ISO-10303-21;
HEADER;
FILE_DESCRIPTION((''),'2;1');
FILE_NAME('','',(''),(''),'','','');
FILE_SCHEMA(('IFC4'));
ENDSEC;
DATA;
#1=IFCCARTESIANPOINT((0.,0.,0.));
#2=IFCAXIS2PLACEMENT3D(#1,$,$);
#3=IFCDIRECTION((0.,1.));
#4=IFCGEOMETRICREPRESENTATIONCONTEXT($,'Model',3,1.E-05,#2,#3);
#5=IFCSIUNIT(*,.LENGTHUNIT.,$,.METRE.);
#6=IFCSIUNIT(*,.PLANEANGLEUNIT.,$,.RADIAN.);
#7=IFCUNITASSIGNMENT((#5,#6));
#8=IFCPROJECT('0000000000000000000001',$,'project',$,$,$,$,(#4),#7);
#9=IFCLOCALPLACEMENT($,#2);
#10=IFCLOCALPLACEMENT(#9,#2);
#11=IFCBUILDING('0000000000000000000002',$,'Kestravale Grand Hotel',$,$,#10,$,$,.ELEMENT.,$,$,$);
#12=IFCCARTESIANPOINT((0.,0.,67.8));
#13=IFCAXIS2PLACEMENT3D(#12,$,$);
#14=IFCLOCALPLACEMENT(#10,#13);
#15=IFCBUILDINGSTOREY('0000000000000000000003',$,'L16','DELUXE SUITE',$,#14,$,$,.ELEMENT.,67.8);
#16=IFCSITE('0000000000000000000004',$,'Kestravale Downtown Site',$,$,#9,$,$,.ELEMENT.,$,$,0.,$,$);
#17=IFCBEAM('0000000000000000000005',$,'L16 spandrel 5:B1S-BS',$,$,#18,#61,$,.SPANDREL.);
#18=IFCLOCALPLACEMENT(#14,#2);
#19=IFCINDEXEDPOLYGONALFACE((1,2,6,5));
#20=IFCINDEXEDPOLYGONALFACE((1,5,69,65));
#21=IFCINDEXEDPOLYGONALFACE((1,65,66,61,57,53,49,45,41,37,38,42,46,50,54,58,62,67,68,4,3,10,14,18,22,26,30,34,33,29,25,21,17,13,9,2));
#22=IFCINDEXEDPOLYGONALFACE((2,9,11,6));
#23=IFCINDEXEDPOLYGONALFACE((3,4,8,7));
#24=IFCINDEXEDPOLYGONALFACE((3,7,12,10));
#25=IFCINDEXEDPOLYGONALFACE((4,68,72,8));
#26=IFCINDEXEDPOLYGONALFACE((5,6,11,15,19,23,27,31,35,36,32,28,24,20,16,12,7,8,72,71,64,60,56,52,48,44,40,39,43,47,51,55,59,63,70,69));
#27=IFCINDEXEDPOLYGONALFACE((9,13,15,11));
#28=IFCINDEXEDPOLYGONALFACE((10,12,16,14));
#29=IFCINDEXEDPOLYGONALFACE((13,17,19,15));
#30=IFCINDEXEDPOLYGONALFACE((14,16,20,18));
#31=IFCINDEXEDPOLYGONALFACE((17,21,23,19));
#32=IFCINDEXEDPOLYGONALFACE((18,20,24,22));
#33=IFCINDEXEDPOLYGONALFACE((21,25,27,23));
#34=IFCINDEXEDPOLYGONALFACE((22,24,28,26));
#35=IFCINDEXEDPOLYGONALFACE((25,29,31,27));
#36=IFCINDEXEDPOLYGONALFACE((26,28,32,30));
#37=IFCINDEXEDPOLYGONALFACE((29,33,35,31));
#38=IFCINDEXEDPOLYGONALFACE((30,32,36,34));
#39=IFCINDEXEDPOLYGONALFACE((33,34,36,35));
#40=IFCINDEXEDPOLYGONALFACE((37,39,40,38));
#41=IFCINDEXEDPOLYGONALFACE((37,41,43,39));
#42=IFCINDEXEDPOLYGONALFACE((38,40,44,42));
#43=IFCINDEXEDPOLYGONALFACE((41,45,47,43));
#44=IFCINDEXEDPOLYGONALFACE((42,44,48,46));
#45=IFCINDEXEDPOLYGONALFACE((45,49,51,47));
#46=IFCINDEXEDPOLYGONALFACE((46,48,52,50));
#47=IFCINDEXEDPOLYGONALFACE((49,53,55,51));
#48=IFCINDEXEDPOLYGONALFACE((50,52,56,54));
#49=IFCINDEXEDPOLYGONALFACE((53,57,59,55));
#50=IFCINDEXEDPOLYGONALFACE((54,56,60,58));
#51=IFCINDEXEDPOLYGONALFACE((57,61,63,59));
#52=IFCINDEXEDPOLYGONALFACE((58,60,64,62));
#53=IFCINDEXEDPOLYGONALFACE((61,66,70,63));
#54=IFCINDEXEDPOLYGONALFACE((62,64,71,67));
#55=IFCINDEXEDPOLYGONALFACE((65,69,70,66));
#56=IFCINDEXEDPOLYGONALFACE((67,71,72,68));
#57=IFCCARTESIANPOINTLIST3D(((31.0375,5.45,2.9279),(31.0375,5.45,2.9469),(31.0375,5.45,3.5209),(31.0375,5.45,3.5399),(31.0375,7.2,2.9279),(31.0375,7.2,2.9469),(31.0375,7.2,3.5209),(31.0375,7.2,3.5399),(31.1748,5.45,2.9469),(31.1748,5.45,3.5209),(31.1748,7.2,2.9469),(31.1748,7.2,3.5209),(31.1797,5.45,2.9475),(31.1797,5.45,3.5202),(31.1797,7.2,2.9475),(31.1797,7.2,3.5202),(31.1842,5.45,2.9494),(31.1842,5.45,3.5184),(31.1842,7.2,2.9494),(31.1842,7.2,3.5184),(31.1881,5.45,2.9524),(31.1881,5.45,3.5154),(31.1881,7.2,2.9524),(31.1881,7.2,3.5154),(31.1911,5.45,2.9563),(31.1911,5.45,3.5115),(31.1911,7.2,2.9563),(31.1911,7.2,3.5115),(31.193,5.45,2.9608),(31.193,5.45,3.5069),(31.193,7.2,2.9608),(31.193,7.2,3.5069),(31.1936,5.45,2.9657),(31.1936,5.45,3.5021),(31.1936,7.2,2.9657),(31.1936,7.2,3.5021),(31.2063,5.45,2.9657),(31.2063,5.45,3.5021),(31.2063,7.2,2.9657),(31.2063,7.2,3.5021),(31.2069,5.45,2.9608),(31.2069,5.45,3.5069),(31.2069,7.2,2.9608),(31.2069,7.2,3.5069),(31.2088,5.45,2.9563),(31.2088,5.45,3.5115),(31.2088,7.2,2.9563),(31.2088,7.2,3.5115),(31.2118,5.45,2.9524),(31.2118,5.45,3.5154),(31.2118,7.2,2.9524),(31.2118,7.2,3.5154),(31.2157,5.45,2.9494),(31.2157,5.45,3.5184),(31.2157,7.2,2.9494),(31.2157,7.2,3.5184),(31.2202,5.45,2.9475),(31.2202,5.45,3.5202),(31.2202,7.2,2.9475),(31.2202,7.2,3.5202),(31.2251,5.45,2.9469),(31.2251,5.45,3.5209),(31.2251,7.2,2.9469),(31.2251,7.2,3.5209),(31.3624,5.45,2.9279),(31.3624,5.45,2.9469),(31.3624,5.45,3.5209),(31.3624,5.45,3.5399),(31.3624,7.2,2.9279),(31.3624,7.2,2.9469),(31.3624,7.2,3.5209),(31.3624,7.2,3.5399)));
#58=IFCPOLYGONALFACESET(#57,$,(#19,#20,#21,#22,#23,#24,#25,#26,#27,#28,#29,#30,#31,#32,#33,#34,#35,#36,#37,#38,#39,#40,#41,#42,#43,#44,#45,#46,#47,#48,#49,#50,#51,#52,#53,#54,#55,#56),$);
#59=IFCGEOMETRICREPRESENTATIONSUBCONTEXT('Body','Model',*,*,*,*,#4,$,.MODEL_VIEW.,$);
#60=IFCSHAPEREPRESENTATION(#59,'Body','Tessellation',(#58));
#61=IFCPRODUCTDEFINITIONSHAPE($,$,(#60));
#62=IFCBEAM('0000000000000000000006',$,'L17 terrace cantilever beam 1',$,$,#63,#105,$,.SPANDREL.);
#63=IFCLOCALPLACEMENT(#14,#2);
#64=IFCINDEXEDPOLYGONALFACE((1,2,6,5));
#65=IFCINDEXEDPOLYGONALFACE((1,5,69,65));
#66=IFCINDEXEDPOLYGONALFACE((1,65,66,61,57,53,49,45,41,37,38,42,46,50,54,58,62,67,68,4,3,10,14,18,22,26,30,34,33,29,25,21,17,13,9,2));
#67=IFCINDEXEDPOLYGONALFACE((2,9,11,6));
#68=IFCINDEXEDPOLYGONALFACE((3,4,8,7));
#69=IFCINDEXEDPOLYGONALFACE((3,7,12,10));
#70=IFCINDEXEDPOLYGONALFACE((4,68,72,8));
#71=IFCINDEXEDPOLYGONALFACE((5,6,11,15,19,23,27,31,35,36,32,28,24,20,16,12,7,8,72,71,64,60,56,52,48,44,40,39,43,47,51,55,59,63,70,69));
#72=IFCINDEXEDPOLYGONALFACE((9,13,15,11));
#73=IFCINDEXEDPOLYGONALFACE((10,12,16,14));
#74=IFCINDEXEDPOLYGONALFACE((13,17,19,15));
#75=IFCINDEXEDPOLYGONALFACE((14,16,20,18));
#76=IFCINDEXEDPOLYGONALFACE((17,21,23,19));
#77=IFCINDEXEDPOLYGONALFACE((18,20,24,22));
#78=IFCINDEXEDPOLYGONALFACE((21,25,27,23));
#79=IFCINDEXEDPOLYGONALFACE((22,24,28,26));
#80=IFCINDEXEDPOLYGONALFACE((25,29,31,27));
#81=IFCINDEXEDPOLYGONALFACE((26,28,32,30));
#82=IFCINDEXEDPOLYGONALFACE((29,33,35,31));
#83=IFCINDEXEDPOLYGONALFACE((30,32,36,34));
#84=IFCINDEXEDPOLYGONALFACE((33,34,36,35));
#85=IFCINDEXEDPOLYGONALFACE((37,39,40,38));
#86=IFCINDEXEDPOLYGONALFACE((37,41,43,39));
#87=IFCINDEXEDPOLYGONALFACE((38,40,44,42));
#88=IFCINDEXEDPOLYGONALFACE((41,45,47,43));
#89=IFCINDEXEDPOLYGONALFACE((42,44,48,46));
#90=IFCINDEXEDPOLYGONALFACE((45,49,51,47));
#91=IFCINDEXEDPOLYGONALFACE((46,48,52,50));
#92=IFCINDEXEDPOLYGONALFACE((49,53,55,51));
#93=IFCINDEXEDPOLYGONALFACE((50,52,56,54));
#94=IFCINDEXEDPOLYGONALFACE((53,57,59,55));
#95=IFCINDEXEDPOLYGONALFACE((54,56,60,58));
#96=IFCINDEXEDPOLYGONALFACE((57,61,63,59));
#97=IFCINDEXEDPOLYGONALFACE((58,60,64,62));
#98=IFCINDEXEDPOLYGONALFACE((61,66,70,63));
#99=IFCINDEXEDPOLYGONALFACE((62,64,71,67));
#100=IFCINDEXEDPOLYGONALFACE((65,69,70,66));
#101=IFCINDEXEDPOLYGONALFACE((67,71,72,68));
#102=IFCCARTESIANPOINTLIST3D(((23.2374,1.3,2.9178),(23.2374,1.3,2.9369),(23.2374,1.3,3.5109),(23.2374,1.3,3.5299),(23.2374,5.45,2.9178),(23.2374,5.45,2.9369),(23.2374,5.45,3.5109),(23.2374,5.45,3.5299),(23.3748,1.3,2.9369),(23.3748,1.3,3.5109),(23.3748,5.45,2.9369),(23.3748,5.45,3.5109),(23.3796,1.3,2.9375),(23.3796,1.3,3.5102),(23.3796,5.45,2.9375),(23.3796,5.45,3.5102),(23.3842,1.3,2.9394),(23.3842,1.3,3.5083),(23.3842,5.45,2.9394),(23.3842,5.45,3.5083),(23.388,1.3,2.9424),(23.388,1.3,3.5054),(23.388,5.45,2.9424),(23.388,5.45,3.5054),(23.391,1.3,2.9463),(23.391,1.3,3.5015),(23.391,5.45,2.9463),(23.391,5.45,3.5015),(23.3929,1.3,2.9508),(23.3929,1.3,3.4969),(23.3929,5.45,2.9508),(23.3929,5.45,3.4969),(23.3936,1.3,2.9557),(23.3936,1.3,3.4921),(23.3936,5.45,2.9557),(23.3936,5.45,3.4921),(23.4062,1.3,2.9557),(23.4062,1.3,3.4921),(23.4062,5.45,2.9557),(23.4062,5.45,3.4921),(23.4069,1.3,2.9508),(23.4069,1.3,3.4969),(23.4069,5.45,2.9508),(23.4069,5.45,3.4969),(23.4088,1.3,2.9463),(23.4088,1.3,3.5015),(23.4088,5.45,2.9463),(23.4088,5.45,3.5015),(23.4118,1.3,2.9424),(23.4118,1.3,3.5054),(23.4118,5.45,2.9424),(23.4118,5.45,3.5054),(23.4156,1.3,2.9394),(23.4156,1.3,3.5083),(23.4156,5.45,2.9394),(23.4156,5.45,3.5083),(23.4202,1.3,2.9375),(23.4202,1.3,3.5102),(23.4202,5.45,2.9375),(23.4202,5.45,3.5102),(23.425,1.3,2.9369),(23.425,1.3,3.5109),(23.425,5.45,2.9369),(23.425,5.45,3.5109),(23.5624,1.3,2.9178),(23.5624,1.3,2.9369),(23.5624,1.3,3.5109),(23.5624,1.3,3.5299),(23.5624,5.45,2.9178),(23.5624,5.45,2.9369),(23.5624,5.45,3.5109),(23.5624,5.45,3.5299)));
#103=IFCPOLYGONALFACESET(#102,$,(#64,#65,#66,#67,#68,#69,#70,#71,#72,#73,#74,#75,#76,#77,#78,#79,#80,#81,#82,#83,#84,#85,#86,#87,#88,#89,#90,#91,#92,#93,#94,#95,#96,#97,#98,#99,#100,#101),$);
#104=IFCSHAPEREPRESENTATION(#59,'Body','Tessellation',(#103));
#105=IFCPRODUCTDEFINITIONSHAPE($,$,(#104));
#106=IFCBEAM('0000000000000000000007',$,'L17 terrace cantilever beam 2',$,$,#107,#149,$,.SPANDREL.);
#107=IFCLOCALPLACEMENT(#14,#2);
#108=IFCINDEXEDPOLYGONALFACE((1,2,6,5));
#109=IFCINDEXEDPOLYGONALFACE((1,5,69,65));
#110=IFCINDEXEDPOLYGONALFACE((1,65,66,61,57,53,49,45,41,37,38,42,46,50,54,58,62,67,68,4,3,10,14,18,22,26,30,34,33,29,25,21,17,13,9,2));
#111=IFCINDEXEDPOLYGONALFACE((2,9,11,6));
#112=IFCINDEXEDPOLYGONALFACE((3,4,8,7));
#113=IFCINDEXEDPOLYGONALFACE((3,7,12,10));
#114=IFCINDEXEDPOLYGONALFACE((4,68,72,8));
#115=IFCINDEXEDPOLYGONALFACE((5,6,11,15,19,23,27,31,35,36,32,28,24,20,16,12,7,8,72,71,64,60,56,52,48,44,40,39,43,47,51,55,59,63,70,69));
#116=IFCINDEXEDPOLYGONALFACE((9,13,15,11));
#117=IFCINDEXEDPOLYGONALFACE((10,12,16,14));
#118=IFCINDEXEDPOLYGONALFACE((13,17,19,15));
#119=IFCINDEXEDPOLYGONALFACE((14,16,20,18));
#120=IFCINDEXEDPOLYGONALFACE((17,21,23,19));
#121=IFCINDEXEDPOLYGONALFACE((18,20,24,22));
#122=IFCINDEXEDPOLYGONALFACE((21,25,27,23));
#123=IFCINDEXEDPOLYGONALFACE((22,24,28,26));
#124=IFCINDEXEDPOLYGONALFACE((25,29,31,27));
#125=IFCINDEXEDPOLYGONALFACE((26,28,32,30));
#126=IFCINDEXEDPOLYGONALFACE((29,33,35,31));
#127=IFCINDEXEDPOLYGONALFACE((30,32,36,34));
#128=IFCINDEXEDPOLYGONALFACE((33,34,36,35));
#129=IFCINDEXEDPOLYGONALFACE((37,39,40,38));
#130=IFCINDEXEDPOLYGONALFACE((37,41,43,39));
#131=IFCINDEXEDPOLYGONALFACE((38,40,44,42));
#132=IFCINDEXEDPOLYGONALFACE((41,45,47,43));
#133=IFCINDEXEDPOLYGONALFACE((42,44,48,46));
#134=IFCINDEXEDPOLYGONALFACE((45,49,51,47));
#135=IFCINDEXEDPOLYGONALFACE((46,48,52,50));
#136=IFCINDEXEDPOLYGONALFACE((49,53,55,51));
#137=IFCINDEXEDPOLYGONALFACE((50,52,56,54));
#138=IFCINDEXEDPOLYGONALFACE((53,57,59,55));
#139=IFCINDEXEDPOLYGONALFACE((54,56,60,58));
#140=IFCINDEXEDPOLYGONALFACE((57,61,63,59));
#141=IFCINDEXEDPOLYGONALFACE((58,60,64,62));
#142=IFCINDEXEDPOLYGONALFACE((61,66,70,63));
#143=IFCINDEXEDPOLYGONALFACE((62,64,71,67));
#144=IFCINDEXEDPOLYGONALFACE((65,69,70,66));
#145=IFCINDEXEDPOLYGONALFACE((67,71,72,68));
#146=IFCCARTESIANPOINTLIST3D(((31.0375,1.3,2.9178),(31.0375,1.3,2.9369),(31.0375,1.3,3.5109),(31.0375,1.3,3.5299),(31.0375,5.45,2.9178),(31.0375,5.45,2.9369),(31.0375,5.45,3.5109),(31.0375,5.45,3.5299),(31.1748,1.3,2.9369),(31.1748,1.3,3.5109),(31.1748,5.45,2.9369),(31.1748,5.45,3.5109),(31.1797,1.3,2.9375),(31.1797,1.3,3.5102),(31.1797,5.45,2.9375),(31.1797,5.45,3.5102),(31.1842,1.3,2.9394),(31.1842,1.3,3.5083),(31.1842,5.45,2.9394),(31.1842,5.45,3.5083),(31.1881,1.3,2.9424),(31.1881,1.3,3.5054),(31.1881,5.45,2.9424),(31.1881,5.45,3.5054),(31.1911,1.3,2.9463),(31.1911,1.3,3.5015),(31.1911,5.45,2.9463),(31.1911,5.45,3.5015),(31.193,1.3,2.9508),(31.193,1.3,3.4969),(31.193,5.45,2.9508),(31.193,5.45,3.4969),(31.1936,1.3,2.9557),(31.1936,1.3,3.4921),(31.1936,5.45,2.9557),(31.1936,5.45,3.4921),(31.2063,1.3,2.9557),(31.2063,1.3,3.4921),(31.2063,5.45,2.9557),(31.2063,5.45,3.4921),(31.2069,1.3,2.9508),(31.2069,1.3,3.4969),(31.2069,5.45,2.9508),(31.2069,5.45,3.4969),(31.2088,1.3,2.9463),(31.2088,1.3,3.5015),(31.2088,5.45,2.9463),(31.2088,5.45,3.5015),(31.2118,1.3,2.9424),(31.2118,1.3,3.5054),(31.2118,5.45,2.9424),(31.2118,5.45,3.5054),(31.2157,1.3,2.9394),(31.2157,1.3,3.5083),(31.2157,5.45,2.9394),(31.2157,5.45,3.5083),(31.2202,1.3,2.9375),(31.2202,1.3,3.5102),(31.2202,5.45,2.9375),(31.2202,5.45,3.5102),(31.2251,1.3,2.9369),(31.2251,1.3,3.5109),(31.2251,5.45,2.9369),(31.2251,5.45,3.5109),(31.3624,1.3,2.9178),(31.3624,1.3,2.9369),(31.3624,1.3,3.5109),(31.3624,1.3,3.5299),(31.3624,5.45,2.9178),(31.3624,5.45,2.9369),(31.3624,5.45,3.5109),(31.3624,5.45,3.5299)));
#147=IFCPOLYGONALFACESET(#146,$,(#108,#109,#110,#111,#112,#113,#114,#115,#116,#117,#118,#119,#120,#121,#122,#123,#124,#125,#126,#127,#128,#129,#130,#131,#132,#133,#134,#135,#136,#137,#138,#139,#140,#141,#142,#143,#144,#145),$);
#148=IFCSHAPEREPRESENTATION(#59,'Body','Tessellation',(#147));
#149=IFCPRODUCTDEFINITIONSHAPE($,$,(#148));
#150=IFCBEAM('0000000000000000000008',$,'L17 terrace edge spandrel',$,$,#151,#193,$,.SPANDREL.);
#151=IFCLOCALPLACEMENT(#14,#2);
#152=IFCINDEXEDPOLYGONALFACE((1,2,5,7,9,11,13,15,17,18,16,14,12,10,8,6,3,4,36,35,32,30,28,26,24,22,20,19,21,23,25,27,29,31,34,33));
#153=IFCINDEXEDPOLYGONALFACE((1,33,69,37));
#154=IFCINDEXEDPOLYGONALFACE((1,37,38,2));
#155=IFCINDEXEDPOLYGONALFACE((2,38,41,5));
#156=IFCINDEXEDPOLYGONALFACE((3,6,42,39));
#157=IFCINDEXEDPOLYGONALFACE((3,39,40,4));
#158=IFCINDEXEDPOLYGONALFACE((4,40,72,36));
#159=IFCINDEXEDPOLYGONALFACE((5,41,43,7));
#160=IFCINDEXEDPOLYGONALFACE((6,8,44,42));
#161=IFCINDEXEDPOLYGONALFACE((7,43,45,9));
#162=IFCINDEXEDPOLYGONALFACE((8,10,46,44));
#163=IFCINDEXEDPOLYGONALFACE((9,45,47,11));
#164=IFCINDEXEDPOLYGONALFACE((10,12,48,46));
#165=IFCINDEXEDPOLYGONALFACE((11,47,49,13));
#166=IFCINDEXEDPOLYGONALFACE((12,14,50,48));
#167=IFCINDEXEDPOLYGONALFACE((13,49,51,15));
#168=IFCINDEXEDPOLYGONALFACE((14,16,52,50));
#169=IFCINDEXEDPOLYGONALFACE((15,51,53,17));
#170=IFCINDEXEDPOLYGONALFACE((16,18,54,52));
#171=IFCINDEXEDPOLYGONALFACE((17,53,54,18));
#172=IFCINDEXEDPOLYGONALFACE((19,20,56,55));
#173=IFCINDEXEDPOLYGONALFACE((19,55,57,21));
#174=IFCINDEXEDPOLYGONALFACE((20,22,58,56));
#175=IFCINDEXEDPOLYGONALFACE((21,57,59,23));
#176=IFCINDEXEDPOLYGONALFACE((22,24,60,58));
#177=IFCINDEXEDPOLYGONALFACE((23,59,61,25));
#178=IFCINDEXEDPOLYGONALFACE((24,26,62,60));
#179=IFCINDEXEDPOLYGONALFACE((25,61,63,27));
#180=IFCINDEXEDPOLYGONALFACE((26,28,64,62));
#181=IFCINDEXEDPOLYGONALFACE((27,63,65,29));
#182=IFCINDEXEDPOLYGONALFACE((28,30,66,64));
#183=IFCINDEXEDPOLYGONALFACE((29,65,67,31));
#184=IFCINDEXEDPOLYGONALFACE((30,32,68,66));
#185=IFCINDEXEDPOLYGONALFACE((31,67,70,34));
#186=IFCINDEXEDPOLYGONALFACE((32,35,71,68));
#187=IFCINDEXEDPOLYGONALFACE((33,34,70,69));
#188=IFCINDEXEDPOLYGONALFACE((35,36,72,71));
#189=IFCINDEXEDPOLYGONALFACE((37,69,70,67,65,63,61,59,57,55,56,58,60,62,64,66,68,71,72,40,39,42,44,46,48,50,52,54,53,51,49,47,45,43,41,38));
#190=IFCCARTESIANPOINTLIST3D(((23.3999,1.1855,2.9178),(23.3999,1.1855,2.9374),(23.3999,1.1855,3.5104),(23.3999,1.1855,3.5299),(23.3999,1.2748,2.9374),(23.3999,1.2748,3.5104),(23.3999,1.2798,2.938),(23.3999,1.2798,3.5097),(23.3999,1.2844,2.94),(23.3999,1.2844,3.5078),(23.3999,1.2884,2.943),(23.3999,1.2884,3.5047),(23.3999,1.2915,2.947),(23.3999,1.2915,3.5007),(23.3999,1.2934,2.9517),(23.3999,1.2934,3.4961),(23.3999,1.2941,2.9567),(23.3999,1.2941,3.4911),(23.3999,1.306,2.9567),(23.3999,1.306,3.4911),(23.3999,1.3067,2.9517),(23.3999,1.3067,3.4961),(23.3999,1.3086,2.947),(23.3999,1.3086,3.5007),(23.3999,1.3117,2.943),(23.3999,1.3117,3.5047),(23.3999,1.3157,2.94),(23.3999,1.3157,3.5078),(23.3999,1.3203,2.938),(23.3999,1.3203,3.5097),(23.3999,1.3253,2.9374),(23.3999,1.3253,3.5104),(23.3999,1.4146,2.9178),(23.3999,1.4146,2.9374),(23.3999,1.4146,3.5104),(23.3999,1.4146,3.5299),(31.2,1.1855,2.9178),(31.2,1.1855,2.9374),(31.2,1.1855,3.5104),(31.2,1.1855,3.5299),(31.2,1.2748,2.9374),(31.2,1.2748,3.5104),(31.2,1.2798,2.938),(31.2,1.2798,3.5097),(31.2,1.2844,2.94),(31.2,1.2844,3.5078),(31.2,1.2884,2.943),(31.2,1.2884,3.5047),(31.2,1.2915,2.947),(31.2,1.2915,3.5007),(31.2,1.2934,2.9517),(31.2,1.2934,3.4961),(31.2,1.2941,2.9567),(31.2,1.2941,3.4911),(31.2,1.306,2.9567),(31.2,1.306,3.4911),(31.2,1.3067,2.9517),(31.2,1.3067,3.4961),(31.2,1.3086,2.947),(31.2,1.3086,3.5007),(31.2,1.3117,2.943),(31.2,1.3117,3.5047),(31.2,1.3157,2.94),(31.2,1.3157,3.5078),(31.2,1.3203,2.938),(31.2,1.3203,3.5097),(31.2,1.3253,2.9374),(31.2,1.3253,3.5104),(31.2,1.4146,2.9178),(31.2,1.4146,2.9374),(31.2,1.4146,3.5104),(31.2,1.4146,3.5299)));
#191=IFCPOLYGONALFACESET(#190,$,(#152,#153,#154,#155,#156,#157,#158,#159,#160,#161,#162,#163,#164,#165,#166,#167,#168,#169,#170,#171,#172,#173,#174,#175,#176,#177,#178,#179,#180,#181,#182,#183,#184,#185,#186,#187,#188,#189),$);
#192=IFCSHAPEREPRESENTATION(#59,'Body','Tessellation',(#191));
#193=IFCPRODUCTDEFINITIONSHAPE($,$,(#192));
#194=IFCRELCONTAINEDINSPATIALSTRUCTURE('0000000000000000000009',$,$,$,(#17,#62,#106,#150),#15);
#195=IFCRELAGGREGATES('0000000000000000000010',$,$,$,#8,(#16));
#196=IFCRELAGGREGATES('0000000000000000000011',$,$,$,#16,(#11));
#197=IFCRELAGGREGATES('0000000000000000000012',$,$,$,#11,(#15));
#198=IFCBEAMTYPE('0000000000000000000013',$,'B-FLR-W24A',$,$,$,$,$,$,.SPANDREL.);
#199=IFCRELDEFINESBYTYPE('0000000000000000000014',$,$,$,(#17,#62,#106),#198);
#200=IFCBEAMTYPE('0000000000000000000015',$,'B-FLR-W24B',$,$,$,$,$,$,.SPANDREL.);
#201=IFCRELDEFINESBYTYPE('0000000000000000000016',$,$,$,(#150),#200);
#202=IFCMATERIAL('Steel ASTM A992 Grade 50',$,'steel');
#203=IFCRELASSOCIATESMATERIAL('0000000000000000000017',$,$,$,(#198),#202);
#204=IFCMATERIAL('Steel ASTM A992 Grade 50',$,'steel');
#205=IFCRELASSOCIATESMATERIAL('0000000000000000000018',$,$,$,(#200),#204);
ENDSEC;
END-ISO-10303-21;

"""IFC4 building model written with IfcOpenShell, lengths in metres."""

from ifc_helpers import new_model, si_unit, direction, frame, origin, origin_2d, place, context, subcontext, project, spatial, i_section, extrude, material, material_profile, profile_set, type_object, element, save


model = new_model("IFC4")

# Units and contexts
model_context = context("Model", 3, precision=1e-05, world=origin(), true_north=direction((0.0, 1.0)))
body_context = subcontext(model_context, "Body", "Model", "MODEL_VIEW")
ifc_project = project(units=[si_unit("LENGTHUNIT", "METRE"), si_unit("PLANEANGLEUNIT", "RADIAN")], contexts=[model_context])

# Site, building, storey
site_placement = place(None, origin())
site = spatial("IfcSite", under=ifc_project, at=site_placement, Name="Kestravale Downtown Site", CompositionType="ELEMENT", RefElevation=0.0)
building_placement = place(site_placement, origin())
building = spatial("IfcBuilding", under=site, at=building_placement, Name="Kestravale Grand Hotel", CompositionType="ELEMENT")
storey_placement = place(building_placement, frame((0.0, 0.0, 67.8)))
storey = spatial("IfcBuildingStorey", under=building, at=storey_placement, Name="L16", Description="DELUXE SUITE", CompositionType="ELEMENT", Elevation=67.8)

# Beams
ifc_material_1 = material(Name="Steel ASTM A992 Grade 50", Category="steel")
ifc_material_profile_1 = material_profile(ifc_material_1, i_section(OverallWidth=0.325, OverallDepth=0.6121, WebThickness=0.0127, FlangeThickness=0.019, FilletRadius=0.0188, at=origin_2d()))
ifc_profile_set_1 = profile_set([ifc_material_profile_1], Name="Steel ASTM A992 Grade 50")
beam_type_1 = type_object("IfcBeamType", Name="B-FLR-W24A", PredefinedType="SPANDREL", material=ifc_profile_set_1)
for number, where, z_axis, x_axis, name in (
    (1, (31.2, 5.45, 3.2339), (0.0, 1.0, 0.0), (-1.0, 0.0, 0.0), "L16 spandrel 5:B1S-BS"),
):
    element("IfcBeam", number, at=place(storey_placement, frame(where, z_axis=z_axis, x_axis=x_axis)), inside=storey, type_object=beam_type_1, Name=name, PredefinedType="SPANDREL", context=body_context, shape_type="SweptSolid", body=[
        extrude(i_section(OverallWidth=0.325, OverallDepth=0.6121, WebThickness=0.0127, FlangeThickness=0.019, FilletRadius=0.0188, at=origin_2d()), origin(), (0.0, 0.0, 1.0), 1.75),
    ])
for number, where, z_axis, x_axis, name in (
    (2, (23.3999, 5.45, 3.2239), (0.0, -1.0, 0.0), (1.0, 0.0, 0.0), "L17 terrace cantilever beam 1"),
    (3, (31.2, 5.45, 3.2239), (0.0, -1.0, 0.0), (1.0, 0.0, 0.0), "L17 terrace cantilever beam 2"),
):
    element("IfcBeam", number, at=place(storey_placement, frame(where, z_axis=z_axis, x_axis=x_axis)), inside=storey, type_object=beam_type_1, Name=name, PredefinedType="SPANDREL", context=body_context, shape_type="SweptSolid", body=[
        extrude(i_section(OverallWidth=0.325, OverallDepth=0.6121, WebThickness=0.0127, FlangeThickness=0.019, FilletRadius=0.0188, at=origin_2d()), origin(), (0.0, 0.0, 1.0), 4.1499),
    ])
ifc_material_2 = material(Name="Steel ASTM A992 Grade 50", Category="steel")
ifc_material_profile_2 = material_profile(ifc_material_2, i_section(OverallWidth=0.229, OverallDepth=0.6121, WebThickness=0.012, FlangeThickness=0.0195, FilletRadius=0.0193, at=origin_2d()))
ifc_profile_set_2 = profile_set([ifc_material_profile_2], Name="Steel ASTM A992 Grade 50")
beam_type_2 = type_object("IfcBeamType", Name="B-FLR-W24B", PredefinedType="SPANDREL", material=ifc_profile_set_2)
beam_1_placement = place(storey_placement, frame((23.3999, 1.3, 3.2239), z_axis=(1.0, 0.0, 0.0), x_axis=(0.0, 1.0, 0.0)))
element("IfcBeam", 4, at=beam_1_placement, inside=storey, type_object=beam_type_2, Name="L17 terrace edge spandrel", PredefinedType="SPANDREL", context=body_context, shape_type="SweptSolid", body=[
    extrude(i_section(OverallWidth=0.229, OverallDepth=0.6121, WebThickness=0.012, FlangeThickness=0.0195, FilletRadius=0.0193, at=origin_2d()), origin(), (0.0, 0.0, 1.0), 7.8),
])

save(model, "model.ifc")
